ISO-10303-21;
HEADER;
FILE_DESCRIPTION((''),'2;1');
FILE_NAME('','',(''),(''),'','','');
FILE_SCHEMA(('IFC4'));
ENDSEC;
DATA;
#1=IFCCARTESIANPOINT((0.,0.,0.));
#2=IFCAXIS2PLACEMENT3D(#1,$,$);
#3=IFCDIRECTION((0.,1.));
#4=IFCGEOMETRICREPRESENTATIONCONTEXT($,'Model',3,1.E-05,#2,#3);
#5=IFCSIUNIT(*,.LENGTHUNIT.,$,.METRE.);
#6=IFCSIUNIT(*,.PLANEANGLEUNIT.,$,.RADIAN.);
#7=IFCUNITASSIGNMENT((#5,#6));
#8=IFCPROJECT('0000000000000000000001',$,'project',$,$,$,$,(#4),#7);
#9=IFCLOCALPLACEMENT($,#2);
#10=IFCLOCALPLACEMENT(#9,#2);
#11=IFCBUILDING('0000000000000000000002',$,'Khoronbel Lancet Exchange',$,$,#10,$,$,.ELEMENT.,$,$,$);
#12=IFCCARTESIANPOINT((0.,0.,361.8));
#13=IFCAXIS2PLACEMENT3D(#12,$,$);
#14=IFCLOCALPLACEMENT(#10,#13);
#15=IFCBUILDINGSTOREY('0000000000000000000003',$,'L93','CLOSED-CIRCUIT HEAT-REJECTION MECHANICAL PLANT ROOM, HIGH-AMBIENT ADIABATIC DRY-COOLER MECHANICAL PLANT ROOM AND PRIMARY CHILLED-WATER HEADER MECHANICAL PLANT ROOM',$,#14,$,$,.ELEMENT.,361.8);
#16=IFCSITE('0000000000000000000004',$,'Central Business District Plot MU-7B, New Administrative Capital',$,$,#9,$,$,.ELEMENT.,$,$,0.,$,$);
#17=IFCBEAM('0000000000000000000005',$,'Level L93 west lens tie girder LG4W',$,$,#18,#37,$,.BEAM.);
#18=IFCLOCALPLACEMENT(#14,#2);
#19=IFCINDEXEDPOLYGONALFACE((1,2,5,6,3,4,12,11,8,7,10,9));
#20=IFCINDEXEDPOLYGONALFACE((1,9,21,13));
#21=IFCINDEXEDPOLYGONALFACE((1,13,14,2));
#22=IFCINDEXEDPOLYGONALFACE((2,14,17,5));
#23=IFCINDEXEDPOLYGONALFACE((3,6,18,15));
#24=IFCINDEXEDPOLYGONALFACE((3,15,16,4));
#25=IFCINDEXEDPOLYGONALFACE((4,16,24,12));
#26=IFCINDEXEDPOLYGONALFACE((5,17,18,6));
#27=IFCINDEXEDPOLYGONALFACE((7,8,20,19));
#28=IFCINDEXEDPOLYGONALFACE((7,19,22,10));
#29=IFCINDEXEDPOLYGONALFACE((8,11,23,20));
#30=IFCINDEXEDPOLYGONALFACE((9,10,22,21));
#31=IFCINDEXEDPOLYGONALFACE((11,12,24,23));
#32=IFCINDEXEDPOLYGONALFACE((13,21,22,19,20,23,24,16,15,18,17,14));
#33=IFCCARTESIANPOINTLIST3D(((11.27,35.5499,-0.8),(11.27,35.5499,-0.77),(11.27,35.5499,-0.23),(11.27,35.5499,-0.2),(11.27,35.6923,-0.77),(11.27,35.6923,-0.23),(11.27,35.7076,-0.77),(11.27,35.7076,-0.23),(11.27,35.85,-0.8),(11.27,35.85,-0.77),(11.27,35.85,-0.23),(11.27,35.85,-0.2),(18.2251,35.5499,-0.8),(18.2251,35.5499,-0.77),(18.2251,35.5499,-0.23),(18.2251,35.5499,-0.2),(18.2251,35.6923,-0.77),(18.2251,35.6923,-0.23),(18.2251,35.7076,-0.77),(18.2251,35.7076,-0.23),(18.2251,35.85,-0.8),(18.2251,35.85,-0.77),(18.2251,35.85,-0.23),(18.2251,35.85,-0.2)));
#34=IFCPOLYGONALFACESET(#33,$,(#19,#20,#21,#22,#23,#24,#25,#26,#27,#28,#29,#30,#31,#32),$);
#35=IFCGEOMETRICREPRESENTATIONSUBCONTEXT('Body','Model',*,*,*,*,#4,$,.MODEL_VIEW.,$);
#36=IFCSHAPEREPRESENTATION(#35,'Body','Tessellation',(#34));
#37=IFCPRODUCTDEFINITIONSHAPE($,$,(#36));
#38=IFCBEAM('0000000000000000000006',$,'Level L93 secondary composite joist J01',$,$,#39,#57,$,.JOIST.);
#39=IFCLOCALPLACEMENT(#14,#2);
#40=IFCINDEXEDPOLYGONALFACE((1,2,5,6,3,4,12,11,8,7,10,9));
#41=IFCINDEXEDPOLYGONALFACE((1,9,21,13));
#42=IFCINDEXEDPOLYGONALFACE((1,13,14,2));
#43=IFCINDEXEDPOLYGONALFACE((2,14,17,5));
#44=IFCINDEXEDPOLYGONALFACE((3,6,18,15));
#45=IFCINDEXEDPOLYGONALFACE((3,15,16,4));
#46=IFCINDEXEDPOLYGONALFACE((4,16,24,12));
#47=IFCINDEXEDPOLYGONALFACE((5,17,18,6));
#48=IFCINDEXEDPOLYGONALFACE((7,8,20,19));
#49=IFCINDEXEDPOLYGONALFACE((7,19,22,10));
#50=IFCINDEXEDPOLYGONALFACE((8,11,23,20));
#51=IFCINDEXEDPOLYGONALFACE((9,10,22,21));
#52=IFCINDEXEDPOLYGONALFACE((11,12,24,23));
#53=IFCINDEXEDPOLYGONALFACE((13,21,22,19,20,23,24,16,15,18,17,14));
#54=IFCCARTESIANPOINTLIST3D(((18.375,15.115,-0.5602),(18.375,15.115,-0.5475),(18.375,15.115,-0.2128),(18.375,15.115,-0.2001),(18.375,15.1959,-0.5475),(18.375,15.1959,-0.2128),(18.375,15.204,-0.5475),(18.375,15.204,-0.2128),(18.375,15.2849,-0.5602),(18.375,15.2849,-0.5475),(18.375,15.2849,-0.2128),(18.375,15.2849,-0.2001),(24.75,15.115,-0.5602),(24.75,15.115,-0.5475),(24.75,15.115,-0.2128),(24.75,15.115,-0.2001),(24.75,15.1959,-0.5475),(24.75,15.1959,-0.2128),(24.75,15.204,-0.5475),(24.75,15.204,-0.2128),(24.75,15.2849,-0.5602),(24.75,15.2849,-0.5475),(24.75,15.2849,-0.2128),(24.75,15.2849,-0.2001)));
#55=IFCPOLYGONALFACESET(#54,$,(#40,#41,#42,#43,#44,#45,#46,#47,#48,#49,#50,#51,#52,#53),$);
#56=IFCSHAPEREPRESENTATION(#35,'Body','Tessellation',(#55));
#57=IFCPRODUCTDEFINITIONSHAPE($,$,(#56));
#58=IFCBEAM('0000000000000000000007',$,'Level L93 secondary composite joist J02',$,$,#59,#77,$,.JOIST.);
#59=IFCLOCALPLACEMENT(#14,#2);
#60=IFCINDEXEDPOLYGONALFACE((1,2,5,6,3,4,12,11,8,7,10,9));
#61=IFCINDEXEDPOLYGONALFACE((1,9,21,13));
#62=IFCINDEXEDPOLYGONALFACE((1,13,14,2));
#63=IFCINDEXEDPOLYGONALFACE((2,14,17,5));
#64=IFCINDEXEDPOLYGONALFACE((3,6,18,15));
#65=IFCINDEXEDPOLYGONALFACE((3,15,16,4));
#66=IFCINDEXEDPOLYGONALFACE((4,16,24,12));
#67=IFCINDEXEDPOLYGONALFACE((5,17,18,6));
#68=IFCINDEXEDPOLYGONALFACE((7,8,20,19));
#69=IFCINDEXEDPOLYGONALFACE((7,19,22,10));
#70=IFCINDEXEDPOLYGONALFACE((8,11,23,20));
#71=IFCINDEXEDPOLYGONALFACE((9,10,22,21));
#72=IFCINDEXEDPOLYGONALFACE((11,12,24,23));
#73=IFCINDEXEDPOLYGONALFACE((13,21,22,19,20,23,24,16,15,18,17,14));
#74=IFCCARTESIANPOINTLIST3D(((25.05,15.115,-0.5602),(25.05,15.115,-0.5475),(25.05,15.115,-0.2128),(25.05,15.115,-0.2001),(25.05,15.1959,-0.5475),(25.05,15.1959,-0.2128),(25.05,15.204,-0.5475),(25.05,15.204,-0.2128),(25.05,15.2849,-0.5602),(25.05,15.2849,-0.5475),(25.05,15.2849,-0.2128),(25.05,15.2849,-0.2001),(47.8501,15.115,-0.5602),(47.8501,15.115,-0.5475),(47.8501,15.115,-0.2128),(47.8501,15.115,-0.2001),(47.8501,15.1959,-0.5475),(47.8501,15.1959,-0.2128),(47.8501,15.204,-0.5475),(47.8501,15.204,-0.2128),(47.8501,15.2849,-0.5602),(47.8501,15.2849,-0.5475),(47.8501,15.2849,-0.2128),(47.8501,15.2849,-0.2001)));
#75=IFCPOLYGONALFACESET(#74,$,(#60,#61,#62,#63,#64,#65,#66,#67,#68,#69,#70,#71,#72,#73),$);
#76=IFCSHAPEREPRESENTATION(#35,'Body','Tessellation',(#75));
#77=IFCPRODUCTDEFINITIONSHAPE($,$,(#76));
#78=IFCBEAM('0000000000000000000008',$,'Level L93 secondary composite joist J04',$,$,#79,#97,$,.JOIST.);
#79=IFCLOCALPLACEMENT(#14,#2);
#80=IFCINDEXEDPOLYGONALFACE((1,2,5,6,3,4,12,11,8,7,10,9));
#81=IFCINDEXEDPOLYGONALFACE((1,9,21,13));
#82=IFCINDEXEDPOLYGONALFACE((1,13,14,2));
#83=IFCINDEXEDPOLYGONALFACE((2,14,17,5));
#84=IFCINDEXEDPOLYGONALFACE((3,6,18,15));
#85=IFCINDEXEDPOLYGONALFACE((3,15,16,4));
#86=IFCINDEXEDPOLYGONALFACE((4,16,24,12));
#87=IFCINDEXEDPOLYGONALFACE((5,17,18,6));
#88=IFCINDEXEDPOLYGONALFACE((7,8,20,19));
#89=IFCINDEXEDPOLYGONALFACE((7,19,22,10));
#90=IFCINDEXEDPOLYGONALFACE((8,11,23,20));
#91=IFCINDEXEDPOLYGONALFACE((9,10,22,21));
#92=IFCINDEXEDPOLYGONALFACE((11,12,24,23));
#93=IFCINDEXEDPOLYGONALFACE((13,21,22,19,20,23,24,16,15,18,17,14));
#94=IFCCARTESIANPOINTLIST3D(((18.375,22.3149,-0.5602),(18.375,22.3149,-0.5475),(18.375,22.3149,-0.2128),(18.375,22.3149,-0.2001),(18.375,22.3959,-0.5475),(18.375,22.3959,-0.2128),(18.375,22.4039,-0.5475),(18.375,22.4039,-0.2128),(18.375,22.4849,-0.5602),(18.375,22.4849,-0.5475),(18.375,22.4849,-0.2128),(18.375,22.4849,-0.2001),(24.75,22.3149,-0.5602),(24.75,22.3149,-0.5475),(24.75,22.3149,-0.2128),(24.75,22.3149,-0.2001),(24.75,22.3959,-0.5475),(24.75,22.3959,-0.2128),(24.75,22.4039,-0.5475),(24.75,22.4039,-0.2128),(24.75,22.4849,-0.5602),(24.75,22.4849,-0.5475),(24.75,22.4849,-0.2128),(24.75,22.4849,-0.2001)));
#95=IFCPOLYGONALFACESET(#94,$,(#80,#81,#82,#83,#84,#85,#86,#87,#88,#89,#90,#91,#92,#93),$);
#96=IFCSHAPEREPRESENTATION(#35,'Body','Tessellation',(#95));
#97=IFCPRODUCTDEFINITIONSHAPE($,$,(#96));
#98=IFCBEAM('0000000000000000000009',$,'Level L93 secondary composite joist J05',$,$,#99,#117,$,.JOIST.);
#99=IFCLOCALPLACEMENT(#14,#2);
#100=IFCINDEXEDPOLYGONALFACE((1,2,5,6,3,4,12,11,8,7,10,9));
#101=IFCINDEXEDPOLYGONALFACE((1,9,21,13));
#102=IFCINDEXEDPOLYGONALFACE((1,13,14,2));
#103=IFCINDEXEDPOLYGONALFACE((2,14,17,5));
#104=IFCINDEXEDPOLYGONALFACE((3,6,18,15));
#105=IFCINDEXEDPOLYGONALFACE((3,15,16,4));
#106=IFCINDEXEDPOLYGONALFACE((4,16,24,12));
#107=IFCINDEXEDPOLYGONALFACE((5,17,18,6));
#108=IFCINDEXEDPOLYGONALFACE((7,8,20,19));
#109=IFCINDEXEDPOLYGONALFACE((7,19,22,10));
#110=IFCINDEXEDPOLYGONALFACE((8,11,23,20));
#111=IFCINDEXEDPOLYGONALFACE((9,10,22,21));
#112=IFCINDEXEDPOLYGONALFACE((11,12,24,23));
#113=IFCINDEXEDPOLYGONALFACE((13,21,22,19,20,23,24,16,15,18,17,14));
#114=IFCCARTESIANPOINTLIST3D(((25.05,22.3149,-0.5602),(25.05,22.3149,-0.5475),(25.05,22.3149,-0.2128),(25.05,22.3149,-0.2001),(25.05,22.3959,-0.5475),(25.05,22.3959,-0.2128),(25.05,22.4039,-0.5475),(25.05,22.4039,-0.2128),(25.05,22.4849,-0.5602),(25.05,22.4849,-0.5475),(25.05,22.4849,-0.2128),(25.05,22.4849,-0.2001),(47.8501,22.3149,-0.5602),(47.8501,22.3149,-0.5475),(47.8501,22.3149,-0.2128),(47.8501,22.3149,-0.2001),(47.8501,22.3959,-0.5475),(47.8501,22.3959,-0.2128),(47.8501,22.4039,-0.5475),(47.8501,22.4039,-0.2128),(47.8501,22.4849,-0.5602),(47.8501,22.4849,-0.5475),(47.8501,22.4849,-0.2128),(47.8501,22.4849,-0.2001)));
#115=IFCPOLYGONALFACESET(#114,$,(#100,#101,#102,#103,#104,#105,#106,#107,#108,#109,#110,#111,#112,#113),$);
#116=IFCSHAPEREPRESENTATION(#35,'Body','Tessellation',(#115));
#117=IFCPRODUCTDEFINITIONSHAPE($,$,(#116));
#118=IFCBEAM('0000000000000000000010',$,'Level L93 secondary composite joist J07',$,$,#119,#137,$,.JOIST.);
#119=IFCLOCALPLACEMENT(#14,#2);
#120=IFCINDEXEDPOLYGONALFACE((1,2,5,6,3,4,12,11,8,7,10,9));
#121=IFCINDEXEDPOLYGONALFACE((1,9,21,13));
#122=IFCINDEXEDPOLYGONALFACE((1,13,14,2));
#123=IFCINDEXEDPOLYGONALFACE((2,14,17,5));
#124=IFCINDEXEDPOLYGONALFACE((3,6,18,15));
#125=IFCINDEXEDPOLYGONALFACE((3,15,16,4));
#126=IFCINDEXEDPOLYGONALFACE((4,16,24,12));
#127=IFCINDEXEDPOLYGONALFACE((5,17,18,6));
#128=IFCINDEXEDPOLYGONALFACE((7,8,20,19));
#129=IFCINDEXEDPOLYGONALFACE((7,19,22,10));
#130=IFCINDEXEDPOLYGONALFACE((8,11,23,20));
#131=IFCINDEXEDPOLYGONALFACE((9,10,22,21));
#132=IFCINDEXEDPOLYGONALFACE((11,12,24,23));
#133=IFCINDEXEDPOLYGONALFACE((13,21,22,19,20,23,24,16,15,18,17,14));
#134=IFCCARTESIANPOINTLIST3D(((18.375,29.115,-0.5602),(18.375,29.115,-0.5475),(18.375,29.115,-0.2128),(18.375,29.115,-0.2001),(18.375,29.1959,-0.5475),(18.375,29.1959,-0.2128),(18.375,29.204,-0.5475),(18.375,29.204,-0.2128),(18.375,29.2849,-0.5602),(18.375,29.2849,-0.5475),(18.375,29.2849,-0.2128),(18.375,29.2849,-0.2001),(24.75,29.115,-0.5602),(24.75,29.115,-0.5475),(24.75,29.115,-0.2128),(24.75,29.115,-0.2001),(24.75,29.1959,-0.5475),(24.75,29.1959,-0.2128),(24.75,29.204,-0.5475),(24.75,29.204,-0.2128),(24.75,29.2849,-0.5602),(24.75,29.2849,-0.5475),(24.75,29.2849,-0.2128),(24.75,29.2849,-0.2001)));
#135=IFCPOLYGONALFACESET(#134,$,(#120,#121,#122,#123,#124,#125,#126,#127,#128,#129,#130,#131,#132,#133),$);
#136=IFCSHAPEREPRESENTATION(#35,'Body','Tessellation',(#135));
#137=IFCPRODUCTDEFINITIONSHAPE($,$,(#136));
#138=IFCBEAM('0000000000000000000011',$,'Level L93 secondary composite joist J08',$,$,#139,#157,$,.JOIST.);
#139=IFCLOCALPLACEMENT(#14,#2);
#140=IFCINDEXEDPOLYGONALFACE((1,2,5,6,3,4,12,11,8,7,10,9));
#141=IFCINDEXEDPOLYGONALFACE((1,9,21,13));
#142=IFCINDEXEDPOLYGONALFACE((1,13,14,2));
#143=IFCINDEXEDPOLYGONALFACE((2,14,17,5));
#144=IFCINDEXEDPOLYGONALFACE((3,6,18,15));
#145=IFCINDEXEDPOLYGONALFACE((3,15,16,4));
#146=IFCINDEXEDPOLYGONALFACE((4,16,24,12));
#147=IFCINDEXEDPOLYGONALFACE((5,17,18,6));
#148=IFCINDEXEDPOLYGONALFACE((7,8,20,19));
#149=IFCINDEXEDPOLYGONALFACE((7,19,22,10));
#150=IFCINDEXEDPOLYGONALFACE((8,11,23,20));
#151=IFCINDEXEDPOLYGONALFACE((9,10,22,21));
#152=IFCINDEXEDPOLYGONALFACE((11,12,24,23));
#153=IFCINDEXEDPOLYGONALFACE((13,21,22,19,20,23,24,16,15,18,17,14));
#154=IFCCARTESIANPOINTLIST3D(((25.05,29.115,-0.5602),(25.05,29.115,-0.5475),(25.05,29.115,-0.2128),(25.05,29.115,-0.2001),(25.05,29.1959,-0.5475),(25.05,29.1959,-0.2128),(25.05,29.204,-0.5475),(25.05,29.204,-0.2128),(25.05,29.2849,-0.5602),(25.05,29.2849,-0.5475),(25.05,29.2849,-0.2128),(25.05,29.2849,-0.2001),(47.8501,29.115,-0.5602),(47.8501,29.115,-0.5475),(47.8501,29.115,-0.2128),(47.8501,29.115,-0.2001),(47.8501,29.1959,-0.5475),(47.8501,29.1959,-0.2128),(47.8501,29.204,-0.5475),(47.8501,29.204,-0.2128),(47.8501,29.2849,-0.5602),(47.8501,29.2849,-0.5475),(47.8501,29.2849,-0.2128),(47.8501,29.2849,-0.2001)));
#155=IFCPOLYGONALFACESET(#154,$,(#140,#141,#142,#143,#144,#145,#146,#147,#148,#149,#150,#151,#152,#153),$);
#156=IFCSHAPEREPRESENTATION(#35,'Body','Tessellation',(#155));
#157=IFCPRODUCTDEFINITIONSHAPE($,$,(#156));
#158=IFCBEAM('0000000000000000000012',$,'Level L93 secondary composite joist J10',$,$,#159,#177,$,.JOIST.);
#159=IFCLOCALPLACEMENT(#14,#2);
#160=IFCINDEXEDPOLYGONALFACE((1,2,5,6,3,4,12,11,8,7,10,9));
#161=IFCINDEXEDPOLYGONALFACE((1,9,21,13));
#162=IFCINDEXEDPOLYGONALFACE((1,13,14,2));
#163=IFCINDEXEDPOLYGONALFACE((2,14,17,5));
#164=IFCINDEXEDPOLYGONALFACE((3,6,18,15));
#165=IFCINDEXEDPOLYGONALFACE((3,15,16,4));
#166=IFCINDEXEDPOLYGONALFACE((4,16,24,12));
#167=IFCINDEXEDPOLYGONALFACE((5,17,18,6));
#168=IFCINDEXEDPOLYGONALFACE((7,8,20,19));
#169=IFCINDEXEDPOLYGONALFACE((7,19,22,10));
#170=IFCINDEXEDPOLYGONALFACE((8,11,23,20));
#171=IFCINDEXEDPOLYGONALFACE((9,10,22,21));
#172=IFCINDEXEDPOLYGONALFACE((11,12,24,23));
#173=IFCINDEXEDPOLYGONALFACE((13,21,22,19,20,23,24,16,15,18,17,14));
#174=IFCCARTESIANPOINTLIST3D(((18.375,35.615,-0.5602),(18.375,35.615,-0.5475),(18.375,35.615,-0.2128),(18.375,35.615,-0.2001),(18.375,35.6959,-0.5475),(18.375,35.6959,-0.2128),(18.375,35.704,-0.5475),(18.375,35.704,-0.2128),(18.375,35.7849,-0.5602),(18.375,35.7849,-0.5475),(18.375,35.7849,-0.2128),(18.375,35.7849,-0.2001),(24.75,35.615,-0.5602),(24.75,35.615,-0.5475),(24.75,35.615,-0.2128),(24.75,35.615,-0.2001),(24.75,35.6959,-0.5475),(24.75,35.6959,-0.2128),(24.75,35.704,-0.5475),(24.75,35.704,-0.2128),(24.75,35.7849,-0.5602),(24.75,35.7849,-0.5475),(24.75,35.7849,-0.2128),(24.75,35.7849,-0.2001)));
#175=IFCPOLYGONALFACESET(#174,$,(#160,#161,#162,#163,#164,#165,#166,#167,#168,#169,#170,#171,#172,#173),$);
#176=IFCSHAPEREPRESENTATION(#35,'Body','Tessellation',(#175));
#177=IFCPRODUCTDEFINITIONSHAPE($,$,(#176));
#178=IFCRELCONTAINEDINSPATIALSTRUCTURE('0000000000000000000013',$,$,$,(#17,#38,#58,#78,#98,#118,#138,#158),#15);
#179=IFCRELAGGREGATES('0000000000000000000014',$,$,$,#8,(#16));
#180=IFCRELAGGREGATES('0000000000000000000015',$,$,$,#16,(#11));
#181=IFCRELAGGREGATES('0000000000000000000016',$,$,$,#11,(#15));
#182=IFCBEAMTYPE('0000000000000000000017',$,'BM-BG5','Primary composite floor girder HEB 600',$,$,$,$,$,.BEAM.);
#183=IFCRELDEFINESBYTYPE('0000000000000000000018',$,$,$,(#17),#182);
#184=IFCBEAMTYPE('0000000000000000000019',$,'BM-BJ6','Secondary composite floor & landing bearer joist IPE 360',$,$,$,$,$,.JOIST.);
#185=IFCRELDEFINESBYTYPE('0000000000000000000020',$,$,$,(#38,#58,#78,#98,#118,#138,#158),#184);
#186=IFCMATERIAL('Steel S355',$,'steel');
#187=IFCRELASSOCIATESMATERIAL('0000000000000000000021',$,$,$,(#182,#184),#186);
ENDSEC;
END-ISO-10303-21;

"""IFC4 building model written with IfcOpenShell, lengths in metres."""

from ifc_helpers import new_model, si_unit, direction, frame, origin, origin_2d, place, context, subcontext, project, spatial, i_section, extrude, material, material_profile, profile_set, type_object, element, save


model = new_model("IFC4")

# Units and contexts
model_context = context("Model", 3, precision=1e-05, world=origin(), true_north=direction((0.0, 1.0)))
body_context = subcontext(model_context, "Body", "Model", "MODEL_VIEW")
ifc_project = project(units=[si_unit("LENGTHUNIT", "METRE"), si_unit("PLANEANGLEUNIT", "RADIAN")], contexts=[model_context])

# Site, building, storey
site_placement = place(None, origin())
site = spatial("IfcSite", under=ifc_project, at=site_placement, Name="Central Business District Plot MU-7B, New Administrative Capital", CompositionType="ELEMENT", RefElevation=0.0)
building_placement = place(site_placement, origin())
building = spatial("IfcBuilding", under=site, at=building_placement, Name="Khoronbel Lancet Exchange", CompositionType="ELEMENT")
storey_placement = place(building_placement, frame((0.0, 0.0, 361.8)))
storey = spatial("IfcBuildingStorey", under=building, at=storey_placement, Name="L93", Description="CLOSED-CIRCUIT HEAT-REJECTION MECHANICAL PLANT ROOM, HIGH-AMBIENT ADIABATIC DRY-COOLER MECHANICAL PLANT ROOM AND PRIMARY CHILLED-WATER HEADER MECHANICAL PLANT ROOM", CompositionType="ELEMENT", Elevation=361.8)

# Shared definitions
ifc_material_1 = material(Name="Steel S355", Category="steel")

# Beams
ifc_material_profile_1 = material_profile(ifc_material_1, i_section(OverallWidth=0.3, OverallDepth=0.6001, WebThickness=0.0154, FlangeThickness=0.03, at=origin_2d()), Name="HEB 600")
ifc_profile_set_1 = profile_set([ifc_material_profile_1], Name="Steel S355")
beam_type_1 = type_object("IfcBeamType", Name="BM-BG5", Description="Primary composite floor girder HEB 600", PredefinedType="BEAM", material=ifc_profile_set_1)
for number, where, z_axis, x_axis, name in (
    (1, (11.27, 35.7, -0.5), (1.0, 0.0, 0.0), (0.0, 1.0, 0.0), "Level L93 west lens tie girder LG4W"),
):
    element("IfcBeam", number, at=place(storey_placement, frame(where, z_axis=z_axis, x_axis=x_axis)), inside=storey, type_object=beam_type_1, Name=name, PredefinedType="BEAM", context=body_context, shape_type="SweptSolid", body=[
        extrude(i_section(OverallWidth=0.3, OverallDepth=0.6001, WebThickness=0.0154, FlangeThickness=0.03, at=origin_2d()), origin(), (0.0, 0.0, 1.0), 6.9551),
    ])
ifc_material_profile_2 = material_profile(ifc_material_1, i_section(OverallWidth=0.1699, OverallDepth=0.3601, WebThickness=0.0081, FlangeThickness=0.0127, at=origin_2d()), Name="IPE 360")
ifc_profile_set_2 = profile_set([ifc_material_profile_2], Name="Steel S355")
beam_type_2 = type_object("IfcBeamType", Name="BM-BJ6", Description="Secondary composite floor & landing bearer joist IPE 360", PredefinedType="JOIST", material=ifc_profile_set_2)
beam_1_placement = place(storey_placement, frame((18.375, 15.2, -0.3801), z_axis=(1.0, 0.0, 0.0), x_axis=(0.0, 1.0, 0.0)))
element("IfcBeam", 2, at=beam_1_placement, inside=storey, type_object=beam_type_2, Name="Level L93 secondary composite joist J01", PredefinedType="JOIST", context=body_context, shape_type="SweptSolid", body=[
    extrude(i_section(OverallWidth=0.1699, OverallDepth=0.3601, WebThickness=0.0081, FlangeThickness=0.0127, at=origin_2d()), origin(), (0.0, 0.0, 1.0), 6.375),
])
beam_2_placement = place(storey_placement, frame((25.05, 15.2, -0.3801), z_axis=(1.0, 0.0, 0.0), x_axis=(0.0, 1.0, 0.0)))
element("IfcBeam", 3, at=beam_2_placement, inside=storey, type_object=beam_type_2, Name="Level L93 secondary composite joist J02", PredefinedType="JOIST", context=body_context, shape_type="SweptSolid", body=[
    extrude(i_section(OverallWidth=0.1699, OverallDepth=0.3601, WebThickness=0.0081, FlangeThickness=0.0127, at=origin_2d()), origin(), (0.0, 0.0, 1.0), 22.8),
])
beam_3_placement = place(storey_placement, frame((18.375, 22.3999, -0.3801), z_axis=(1.0, 0.0, 0.0), x_axis=(0.0, 1.0, 0.0)))
element("IfcBeam", 4, at=beam_3_placement, inside=storey, type_object=beam_type_2, Name="Level L93 secondary composite joist J04", PredefinedType="JOIST", context=body_context, shape_type="SweptSolid", body=[
    extrude(i_section(OverallWidth=0.1699, OverallDepth=0.3601, WebThickness=0.0081, FlangeThickness=0.0127, at=origin_2d()), origin(), (0.0, 0.0, 1.0), 6.375),
])
beam_4_placement = place(storey_placement, frame((25.05, 22.3999, -0.3801), z_axis=(1.0, 0.0, 0.0), x_axis=(0.0, 1.0, 0.0)))
element("IfcBeam", 5, at=beam_4_placement, inside=storey, type_object=beam_type_2, Name="Level L93 secondary composite joist J05", PredefinedType="JOIST", context=body_context, shape_type="SweptSolid", body=[
    extrude(i_section(OverallWidth=0.1699, OverallDepth=0.3601, WebThickness=0.0081, FlangeThickness=0.0127, at=origin_2d()), origin(), (0.0, 0.0, 1.0), 22.8),
])
beam_5_placement = place(storey_placement, frame((18.375, 29.2, -0.3801), z_axis=(1.0, 0.0, 0.0), x_axis=(0.0, 1.0, 0.0)))
element("IfcBeam", 6, at=beam_5_placement, inside=storey, type_object=beam_type_2, Name="Level L93 secondary composite joist J07", PredefinedType="JOIST", context=body_context, shape_type="SweptSolid", body=[
    extrude(i_section(OverallWidth=0.1699, OverallDepth=0.3601, WebThickness=0.0081, FlangeThickness=0.0127, at=origin_2d()), origin(), (0.0, 0.0, 1.0), 6.375),
])
beam_6_placement = place(storey_placement, frame((25.05, 29.2, -0.3801), z_axis=(1.0, 0.0, 0.0), x_axis=(0.0, 1.0, 0.0)))
element("IfcBeam", 7, at=beam_6_placement, inside=storey, type_object=beam_type_2, Name="Level L93 secondary composite joist J08", PredefinedType="JOIST", context=body_context, shape_type="SweptSolid", body=[
    extrude(i_section(OverallWidth=0.1699, OverallDepth=0.3601, WebThickness=0.0081, FlangeThickness=0.0127, at=origin_2d()), origin(), (0.0, 0.0, 1.0), 22.8),
])
beam_7_placement = place(storey_placement, frame((18.375, 35.7, -0.3801), z_axis=(1.0, 0.0, 0.0), x_axis=(0.0, 1.0, 0.0)))
element("IfcBeam", 8, at=beam_7_placement, inside=storey, type_object=beam_type_2, Name="Level L93 secondary composite joist J10", PredefinedType="JOIST", context=body_context, shape_type="SweptSolid", body=[
    extrude(i_section(OverallWidth=0.1699, OverallDepth=0.3601, WebThickness=0.0081, FlangeThickness=0.0127, at=origin_2d()), origin(), (0.0, 0.0, 1.0), 6.375),
])

save(model, "model.ifc")
